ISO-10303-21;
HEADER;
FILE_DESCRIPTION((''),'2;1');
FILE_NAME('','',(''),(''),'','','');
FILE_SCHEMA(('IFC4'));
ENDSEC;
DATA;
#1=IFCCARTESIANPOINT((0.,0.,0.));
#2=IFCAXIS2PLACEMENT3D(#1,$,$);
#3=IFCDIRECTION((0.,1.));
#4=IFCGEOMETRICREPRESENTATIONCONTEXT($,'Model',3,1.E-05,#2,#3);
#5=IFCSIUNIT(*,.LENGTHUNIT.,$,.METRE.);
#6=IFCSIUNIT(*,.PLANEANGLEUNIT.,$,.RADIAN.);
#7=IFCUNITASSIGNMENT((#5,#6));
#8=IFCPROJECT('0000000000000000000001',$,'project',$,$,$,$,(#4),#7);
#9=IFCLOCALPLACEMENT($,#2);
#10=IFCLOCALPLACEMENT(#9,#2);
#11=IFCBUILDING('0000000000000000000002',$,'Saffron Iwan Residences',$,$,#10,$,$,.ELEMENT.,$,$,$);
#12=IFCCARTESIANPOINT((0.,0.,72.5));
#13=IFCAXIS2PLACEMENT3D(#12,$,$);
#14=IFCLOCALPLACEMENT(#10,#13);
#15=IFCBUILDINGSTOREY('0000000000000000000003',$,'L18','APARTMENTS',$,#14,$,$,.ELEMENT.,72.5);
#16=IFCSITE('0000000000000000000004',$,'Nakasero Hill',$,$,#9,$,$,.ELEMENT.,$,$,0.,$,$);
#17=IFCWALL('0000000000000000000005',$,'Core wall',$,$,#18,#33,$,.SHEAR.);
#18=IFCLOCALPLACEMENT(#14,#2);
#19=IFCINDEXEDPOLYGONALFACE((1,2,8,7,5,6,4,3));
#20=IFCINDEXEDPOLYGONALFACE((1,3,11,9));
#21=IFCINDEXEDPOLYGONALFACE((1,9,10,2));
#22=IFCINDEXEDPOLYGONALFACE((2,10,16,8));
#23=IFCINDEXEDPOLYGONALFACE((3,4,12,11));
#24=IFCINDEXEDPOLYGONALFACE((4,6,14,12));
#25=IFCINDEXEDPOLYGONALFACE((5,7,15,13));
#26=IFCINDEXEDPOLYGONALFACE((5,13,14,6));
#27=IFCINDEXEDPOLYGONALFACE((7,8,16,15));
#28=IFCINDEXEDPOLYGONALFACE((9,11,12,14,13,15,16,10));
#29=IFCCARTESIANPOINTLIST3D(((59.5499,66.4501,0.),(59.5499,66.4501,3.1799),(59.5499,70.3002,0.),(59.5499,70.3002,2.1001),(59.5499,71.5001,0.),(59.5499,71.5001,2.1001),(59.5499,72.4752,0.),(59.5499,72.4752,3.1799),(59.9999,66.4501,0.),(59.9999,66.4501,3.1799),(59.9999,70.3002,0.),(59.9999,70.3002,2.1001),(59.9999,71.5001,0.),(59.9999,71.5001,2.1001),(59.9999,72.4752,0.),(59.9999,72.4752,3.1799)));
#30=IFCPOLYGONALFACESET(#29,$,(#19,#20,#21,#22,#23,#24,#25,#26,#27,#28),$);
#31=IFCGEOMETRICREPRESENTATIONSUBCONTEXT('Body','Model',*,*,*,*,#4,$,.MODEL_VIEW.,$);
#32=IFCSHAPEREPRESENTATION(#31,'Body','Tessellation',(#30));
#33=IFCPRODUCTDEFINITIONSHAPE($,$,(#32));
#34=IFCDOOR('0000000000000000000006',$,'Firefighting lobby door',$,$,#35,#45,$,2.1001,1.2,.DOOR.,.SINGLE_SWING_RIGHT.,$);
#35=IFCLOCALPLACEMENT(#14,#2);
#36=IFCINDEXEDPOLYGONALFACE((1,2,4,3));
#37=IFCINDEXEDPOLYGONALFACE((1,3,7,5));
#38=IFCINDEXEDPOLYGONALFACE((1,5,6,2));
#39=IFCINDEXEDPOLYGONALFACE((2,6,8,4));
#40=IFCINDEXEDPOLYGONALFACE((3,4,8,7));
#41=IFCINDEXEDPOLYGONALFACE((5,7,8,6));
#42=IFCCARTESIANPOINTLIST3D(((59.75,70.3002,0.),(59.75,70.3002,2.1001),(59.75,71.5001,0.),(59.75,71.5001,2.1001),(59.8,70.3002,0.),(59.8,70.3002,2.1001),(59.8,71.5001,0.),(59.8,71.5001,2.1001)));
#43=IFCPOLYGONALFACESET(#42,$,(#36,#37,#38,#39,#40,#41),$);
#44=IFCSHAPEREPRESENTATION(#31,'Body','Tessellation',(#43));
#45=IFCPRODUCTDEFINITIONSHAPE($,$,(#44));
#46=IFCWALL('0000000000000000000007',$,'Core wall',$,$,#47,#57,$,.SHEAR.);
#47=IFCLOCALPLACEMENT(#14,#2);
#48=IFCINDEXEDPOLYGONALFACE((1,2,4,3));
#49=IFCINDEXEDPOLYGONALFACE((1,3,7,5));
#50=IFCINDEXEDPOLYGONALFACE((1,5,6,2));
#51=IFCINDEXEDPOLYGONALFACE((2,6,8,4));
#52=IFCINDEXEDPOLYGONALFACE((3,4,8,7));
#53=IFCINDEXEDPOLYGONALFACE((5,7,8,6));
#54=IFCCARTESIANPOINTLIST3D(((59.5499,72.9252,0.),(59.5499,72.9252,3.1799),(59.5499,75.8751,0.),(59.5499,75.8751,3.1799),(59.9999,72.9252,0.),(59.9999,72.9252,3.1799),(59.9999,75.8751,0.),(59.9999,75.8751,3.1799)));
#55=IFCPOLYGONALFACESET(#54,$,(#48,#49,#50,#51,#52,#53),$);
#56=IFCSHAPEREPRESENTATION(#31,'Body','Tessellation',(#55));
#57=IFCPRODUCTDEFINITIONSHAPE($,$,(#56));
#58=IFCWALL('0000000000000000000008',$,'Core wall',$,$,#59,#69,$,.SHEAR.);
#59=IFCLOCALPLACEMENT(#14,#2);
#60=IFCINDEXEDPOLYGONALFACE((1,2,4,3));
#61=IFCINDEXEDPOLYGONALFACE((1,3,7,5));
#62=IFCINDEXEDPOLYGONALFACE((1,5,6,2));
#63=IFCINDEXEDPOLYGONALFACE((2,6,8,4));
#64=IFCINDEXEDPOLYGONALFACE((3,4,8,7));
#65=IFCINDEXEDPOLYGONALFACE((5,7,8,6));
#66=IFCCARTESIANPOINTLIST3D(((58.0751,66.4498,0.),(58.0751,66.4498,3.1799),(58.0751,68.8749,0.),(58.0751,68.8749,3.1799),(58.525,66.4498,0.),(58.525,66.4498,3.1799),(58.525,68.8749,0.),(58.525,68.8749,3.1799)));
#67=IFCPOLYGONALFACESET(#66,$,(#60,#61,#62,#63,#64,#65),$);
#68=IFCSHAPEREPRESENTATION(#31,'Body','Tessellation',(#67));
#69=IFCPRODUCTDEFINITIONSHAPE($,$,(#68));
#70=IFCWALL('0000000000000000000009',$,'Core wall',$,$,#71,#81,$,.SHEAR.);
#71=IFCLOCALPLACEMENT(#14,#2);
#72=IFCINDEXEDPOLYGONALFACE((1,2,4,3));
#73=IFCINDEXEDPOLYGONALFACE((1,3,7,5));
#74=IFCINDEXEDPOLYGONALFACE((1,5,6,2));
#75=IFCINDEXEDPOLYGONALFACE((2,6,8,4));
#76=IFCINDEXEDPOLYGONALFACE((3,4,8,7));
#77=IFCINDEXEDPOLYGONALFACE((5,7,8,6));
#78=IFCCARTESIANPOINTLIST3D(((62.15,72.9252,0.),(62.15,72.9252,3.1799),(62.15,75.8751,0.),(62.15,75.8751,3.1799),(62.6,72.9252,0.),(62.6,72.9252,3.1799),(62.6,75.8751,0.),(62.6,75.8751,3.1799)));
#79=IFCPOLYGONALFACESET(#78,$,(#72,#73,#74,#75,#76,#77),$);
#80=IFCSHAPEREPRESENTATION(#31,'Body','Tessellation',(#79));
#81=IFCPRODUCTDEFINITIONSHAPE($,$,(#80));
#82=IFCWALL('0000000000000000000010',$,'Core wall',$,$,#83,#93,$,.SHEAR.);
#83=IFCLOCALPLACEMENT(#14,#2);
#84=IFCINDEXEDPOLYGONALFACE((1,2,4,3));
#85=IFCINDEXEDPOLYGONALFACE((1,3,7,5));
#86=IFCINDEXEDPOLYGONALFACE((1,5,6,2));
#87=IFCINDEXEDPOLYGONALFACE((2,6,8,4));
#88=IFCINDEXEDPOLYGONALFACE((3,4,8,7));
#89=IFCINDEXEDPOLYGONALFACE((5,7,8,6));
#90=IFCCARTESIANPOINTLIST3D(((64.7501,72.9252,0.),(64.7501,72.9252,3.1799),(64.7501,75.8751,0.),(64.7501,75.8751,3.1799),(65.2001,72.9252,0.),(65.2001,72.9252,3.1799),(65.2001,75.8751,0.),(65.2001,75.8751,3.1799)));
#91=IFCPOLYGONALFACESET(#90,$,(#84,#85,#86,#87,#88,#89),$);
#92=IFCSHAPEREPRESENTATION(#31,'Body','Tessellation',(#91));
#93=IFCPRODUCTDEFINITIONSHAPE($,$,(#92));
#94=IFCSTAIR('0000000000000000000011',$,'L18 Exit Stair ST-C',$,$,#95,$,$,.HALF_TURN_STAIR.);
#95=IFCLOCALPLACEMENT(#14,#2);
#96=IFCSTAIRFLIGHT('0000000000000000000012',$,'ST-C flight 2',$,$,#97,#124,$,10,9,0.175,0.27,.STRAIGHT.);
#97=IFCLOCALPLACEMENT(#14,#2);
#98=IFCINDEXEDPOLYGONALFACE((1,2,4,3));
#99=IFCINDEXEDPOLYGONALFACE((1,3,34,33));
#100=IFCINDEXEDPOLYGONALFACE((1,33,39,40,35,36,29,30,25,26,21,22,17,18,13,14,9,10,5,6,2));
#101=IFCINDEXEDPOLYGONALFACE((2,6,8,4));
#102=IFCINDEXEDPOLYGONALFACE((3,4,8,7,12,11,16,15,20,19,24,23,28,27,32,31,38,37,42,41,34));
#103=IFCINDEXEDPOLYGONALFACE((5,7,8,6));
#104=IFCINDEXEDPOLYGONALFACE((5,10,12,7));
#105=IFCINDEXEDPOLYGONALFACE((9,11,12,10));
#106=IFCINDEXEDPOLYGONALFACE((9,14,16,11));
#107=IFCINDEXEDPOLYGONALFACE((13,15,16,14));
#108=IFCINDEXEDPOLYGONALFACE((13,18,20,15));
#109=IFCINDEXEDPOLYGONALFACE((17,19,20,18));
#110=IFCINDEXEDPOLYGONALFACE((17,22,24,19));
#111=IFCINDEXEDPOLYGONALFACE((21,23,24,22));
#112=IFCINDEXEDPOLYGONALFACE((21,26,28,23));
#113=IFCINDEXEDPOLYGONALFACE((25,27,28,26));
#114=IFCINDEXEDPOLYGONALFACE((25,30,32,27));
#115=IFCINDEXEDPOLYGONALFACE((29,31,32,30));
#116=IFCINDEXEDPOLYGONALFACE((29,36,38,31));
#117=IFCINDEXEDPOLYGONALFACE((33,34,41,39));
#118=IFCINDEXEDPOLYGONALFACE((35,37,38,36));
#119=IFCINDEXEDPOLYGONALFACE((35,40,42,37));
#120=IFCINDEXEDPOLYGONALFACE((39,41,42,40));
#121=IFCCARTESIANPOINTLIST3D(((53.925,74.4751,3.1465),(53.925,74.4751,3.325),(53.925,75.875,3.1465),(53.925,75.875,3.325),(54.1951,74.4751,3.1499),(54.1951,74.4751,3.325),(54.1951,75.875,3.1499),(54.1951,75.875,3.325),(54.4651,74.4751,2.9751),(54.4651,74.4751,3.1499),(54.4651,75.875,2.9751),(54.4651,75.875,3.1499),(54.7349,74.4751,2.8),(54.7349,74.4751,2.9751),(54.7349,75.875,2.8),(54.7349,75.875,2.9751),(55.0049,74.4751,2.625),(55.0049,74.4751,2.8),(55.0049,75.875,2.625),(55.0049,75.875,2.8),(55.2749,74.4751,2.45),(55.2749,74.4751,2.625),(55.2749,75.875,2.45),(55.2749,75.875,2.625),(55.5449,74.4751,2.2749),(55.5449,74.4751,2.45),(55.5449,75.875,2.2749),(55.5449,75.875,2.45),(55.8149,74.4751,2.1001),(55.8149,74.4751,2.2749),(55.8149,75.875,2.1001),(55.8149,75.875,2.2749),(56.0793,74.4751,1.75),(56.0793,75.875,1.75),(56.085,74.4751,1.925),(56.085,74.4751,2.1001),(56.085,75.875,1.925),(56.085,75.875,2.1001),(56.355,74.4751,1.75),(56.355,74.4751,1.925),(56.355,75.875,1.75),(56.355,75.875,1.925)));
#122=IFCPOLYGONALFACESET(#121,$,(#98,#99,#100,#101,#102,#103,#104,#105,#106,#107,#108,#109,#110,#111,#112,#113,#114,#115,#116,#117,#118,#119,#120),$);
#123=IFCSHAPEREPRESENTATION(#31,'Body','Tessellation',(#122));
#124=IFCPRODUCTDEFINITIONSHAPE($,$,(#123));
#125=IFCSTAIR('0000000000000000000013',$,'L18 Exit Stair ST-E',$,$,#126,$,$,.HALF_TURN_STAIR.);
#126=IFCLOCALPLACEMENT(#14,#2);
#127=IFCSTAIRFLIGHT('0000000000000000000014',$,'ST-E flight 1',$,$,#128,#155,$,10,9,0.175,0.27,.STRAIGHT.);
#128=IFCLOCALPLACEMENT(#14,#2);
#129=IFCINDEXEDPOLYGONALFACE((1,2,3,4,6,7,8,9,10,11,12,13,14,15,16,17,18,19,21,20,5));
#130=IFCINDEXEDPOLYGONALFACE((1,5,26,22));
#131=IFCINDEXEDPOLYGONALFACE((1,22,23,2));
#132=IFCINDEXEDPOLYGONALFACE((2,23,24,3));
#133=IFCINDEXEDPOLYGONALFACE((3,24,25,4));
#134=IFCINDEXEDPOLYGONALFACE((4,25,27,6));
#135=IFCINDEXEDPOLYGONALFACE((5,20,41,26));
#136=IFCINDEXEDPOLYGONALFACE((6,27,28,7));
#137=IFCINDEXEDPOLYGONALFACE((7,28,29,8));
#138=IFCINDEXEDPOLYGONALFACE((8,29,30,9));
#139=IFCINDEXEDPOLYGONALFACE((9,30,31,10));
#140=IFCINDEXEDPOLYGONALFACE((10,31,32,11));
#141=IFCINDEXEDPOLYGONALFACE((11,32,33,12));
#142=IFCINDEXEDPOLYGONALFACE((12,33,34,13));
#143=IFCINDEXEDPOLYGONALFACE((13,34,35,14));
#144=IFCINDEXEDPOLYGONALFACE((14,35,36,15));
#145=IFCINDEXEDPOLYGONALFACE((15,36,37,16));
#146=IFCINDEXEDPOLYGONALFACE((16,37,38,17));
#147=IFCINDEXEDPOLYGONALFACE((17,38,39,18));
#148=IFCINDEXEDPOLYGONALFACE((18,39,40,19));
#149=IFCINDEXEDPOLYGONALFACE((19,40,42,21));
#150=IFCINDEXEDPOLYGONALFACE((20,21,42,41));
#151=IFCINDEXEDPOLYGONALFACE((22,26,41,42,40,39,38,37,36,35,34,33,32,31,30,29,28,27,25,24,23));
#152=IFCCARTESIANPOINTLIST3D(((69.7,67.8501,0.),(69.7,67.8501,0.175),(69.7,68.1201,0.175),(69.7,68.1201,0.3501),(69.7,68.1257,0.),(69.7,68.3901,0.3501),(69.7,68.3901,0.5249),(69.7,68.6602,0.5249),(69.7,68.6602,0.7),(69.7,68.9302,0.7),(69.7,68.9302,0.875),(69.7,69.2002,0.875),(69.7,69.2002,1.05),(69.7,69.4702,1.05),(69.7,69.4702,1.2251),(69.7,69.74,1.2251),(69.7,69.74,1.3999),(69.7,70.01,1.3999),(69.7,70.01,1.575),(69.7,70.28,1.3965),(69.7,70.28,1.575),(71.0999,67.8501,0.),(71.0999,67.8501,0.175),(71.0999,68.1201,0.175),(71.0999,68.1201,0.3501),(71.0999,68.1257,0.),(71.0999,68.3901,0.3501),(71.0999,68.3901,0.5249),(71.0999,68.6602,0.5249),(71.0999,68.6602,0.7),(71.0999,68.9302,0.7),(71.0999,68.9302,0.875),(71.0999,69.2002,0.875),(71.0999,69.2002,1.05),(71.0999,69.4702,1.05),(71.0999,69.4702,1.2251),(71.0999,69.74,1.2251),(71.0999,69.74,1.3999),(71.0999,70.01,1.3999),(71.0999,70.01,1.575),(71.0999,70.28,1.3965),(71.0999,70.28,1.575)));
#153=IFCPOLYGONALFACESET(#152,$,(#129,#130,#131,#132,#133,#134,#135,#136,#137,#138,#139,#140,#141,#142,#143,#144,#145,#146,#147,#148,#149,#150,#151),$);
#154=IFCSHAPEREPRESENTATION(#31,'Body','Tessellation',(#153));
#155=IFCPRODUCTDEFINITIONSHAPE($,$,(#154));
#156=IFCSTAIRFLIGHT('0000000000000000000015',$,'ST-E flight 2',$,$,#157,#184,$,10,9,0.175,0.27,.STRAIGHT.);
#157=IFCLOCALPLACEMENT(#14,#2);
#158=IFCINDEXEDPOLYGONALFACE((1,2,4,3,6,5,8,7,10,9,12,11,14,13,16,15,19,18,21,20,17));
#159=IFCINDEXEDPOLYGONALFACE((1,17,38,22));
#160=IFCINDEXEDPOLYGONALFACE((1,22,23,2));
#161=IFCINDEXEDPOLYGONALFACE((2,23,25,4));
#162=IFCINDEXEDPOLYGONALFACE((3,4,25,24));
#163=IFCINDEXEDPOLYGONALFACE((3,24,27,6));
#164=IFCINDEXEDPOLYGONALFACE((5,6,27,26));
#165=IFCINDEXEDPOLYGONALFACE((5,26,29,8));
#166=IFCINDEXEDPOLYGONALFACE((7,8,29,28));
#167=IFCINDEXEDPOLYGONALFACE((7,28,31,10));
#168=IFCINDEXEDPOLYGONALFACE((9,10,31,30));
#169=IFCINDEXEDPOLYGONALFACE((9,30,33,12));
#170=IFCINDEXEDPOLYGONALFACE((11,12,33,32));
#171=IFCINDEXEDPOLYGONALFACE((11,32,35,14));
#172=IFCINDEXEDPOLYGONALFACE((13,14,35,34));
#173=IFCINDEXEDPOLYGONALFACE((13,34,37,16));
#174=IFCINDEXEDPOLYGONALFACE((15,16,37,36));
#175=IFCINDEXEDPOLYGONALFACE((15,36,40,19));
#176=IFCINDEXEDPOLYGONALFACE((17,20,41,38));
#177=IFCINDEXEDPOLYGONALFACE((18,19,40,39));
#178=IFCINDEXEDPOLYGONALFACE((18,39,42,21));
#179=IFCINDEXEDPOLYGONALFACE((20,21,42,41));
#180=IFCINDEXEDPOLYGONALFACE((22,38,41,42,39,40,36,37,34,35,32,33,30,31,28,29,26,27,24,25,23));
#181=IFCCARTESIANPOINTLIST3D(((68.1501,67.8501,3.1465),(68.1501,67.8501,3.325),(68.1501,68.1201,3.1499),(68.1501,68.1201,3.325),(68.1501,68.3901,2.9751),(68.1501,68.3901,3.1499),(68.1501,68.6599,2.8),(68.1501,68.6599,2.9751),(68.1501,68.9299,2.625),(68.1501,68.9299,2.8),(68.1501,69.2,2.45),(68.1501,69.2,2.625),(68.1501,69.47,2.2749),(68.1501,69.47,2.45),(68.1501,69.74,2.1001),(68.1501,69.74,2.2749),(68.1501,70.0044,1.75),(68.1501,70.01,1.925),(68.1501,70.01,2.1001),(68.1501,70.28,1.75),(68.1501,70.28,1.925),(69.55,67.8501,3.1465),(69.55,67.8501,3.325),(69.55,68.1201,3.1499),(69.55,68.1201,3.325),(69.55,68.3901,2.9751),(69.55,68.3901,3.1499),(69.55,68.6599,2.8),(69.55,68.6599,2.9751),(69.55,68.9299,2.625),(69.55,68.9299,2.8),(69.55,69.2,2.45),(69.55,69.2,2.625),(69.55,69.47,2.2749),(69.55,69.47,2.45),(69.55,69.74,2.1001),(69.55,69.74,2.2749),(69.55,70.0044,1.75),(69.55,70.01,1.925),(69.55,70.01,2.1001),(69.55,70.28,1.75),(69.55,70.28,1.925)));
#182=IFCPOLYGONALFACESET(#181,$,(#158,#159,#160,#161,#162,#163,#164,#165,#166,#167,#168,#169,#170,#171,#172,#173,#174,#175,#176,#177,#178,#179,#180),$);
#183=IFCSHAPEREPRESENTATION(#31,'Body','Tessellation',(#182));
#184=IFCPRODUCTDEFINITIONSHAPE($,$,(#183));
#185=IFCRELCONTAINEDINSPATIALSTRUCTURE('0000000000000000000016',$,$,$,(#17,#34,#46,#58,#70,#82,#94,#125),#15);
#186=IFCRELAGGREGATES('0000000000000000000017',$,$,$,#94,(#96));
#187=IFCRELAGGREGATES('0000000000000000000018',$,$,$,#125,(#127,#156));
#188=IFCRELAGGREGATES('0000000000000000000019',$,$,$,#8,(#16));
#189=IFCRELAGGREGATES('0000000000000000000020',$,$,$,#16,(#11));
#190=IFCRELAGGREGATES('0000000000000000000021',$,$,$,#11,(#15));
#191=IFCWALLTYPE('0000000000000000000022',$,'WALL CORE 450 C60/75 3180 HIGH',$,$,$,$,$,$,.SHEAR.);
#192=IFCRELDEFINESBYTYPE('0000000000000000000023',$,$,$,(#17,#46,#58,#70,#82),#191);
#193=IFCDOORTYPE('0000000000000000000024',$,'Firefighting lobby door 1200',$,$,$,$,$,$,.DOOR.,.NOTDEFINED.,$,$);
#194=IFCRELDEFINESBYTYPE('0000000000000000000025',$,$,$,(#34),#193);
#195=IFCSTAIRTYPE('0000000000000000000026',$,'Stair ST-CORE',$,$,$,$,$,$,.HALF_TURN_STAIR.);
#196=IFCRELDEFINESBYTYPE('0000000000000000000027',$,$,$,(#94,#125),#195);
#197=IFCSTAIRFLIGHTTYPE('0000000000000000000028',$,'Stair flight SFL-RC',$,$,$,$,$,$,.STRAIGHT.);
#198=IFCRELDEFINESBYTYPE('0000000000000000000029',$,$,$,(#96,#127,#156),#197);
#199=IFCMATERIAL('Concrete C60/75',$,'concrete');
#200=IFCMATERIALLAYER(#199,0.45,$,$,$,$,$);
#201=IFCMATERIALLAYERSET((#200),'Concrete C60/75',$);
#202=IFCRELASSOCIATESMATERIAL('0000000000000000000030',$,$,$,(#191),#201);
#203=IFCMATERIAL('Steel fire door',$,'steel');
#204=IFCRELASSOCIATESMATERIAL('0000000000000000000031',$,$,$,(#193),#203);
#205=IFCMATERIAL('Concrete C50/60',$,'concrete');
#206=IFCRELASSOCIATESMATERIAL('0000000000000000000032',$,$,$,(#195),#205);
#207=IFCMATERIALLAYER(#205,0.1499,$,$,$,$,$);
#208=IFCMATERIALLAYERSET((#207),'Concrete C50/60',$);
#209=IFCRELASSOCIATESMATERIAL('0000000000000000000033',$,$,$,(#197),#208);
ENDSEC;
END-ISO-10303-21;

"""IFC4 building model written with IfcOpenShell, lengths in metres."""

from ifc_helpers import new_model, si_unit, direction, frame, frame_2d, origin, place, context, subcontext, project, spatial, polyline, rectangle, outline, extrude, material, layer, layer_set, type_object, element, fill, aggregate, save


model = new_model("IFC4")

# Units and contexts
model_context = context("Model", 3, precision=1e-05, world=origin(), true_north=direction((0.0, 1.0)))
body_context = subcontext(model_context, "Body", "Model", "MODEL_VIEW")
ifc_project = project(units=[si_unit("LENGTHUNIT", "METRE"), si_unit("PLANEANGLEUNIT", "RADIAN")], contexts=[model_context])

# Site, building, storey
site_placement = place(None, origin())
site = spatial("IfcSite", under=ifc_project, at=site_placement, Name="Nakasero Hill", CompositionType="ELEMENT", RefElevation=0.0)
building_placement = place(site_placement, origin())
building = spatial("IfcBuilding", under=site, at=building_placement, Name="Saffron Iwan Residences", CompositionType="ELEMENT")
storey_placement = place(building_placement, frame((0.0, 0.0, 72.5)))
storey = spatial("IfcBuildingStorey", under=building, at=storey_placement, Name="L18", Description="APARTMENTS", CompositionType="ELEMENT", Elevation=72.5)

# Shared definitions
ifc_material_1 = material(Name="Concrete C60/75", Category="concrete")

# Shared definitions
ifc_layer_1 = layer(ifc_material_1, 0.45)
ifc_layer_set_1 = layer_set([ifc_layer_1], Name="Concrete C60/75")
wall_type_1 = type_object("IfcWallType", Name="WALL CORE 450 C60/75 3180 HIGH", PredefinedType="SHEAR", material=ifc_layer_set_1)

# Wall, opening, door
ifc_material_2 = material(Name="Steel fire door", Category="steel")
wall_1_placement = place(storey_placement, frame((59.7749, 66.45, 0.0), z_axis=(0.0, 0.0, 1.0), x_axis=(0.0, 1.0, 0.0)))
wall_1 = element("IfcWall", 1, at=wall_1_placement, inside=storey, type_object=wall_type_1, Name="Core wall", PredefinedType="SHEAR", context=body_context, shape_type="SweptSolid", body=[
    extrude(rectangle(XDim=6.0251, YDim=0.45, at=frame_2d((3.0127, 0.0))), origin(), (0.0, 0.0, 1.0), 3.1799),
])
opening_1_placement = place(wall_1_placement, frame((3.8501, 0.0, 0.0)))
opening_1 = element("IfcOpeningElement", 2, at=opening_1_placement, cuts=wall_1, PredefinedType="OPENING", context=body_context, shape_type="SweptSolid", body=[
    extrude(rectangle(XDim=1.2, YDim=2.1001, at=frame_2d((0.6001, 1.05))), frame((0.0, 0.2349, 0.0), z_axis=(0.0, -1.0, 0.0), x_axis=(1.0, 0.0, 0.0)), (0.0, 0.0, 1.0), 0.47),
])
door_type_1 = type_object("IfcDoorType", Name="Firefighting lobby door 1200", OperationType="NOTDEFINED", PredefinedType="DOOR", material=ifc_material_2)
door_1_placement = place(opening_1_placement, origin())
door_1 = element("IfcDoor", 3, at=door_1_placement, inside=storey, type_object=door_type_1, Name="Firefighting lobby door", OperationType="SINGLE_SWING_RIGHT", OverallHeight=2.1001, OverallWidth=1.2, PredefinedType="DOOR", context=body_context, shape_type="SweptSolid", body=[
    extrude(rectangle(XDim=1.2, YDim=2.1001, at=frame_2d((0.6001, 1.05))), frame((0.0, 0.0249, 0.0), z_axis=(0.0, -1.0, 0.0), x_axis=(1.0, 0.0, 0.0)), (0.0, 0.0, 1.0), 0.05),
])
fill(opening_1, door_1)

# Walls
wall_2_placement = place(storey_placement, frame((59.7749, 72.925, 0.0), z_axis=(0.0, 0.0, 1.0), x_axis=(0.0, 1.0, 0.0)))
element("IfcWall", 4, at=wall_2_placement, inside=storey, type_object=wall_type_1, Name="Core wall", PredefinedType="SHEAR", context=body_context, shape_type="SweptSolid", body=[
    extrude(rectangle(XDim=2.95, YDim=0.45, at=frame_2d((1.4751, 0.0))), origin(), (0.0, 0.0, 1.0), 3.1799),
])
wall_3_placement = place(storey_placement, frame((58.3, 66.45, 0.0), z_axis=(0.0, 0.0, 1.0), x_axis=(0.0, 1.0, 0.0)))
element("IfcWall", 5, at=wall_3_placement, inside=storey, type_object=wall_type_1, Name="Core wall", PredefinedType="SHEAR", context=body_context, shape_type="SweptSolid", body=[
    extrude(rectangle(XDim=2.425, YDim=0.45, at=frame_2d((1.2124, 0.0))), origin(), (0.0, 0.0, 1.0), 3.1799),
])
for number, where, z_axis, x_axis, name in (
    (6, (62.375, 72.925, 0.0), (0.0, 0.0, 1.0), (0.0, 1.0, 0.0), "Core wall"),
    (7, (64.9751, 72.925, 0.0), (0.0, 0.0, 1.0), (0.0, 1.0, 0.0), "Core wall"),
):
    element("IfcWall", number, at=place(storey_placement, frame(where, z_axis=z_axis, x_axis=x_axis)), inside=storey, type_object=wall_type_1, Name=name, PredefinedType="SHEAR", context=body_context, shape_type="SweptSolid", body=[
        extrude(rectangle(XDim=2.95, YDim=0.45, at=frame_2d((1.4751, 0.0))), origin(), (0.0, 0.0, 1.0), 3.1799),
    ])

# Stair, stair flight
ifc_material_3 = material(Name="Concrete C50/60", Category="concrete")
stair_type = type_object("IfcStairType", Name="Stair ST-CORE", PredefinedType="HALF_TURN_STAIR", material=ifc_material_3)
stair_1_placement = place(storey_placement, origin())
stair_1 = element("IfcStair", 8, at=stair_1_placement, inside=storey, type_object=stair_type, Name="L18 Exit Stair ST-C", PredefinedType="HALF_TURN_STAIR")
ifc_layer_2 = layer(ifc_material_3, 0.1499)
ifc_layer_set_2 = layer_set([ifc_layer_2], Name="Concrete C50/60")
stair_flight_type = type_object("IfcStairFlightType", Name="Stair flight SFL-RC", PredefinedType="STRAIGHT", material=ifc_layer_set_2)
stair_flight_1_placement = place(storey_placement, frame((56.355, 75.175, 1.75), z_axis=(0.0, 0.0, 1.0), x_axis=(-1.0, 0.0, 0.0)))
stair_flight_1 = element("IfcStairFlight", 9, at=stair_flight_1_placement, type_object=stair_flight_type, Name="ST-C flight 2", NumberOfRisers=10, NumberOfTreads=9, PredefinedType="STRAIGHT", RiserHeight=0.175, TreadLength=0.27, context=body_context, shape_type="SweptSolid", body=[
    extrude(outline(polyline([(0.0, 0.0), (0.0, 0.175), (0.27, 0.175), (0.27, 0.3501), (0.54, 0.3501), (0.54, 0.5249), (0.8101, 0.5249), (0.8101, 0.7), (1.0801, 0.7), (1.0801, 0.875), (1.3501, 0.875), (1.3501, 1.05), (1.6201, 1.05), (1.6201, 1.2251), (1.8899, 1.2251), (1.8899, 1.3999), (2.1599, 1.3999), (2.1599, 1.575), (2.4299, 1.575), (2.4299, 1.75), (2.4299, 1.3965), (0.2756, 0.0), (0.0, 0.0)])), frame((0.0, 0.7, 0.0), z_axis=(0.0, -1.0, 0.0), x_axis=(1.0, 0.0, 0.0)), (0.0, 0.0, 1.0), 1.3999),
])
aggregate(stair_1, [stair_flight_1])

# Stair, stair flights
stair_2_placement = place(storey_placement, origin())
stair_2 = element("IfcStair", 10, at=stair_2_placement, inside=storey, type_object=stair_type, Name="L18 Exit Stair ST-E", PredefinedType="HALF_TURN_STAIR")
stair_flight_2_placement = place(storey_placement, frame((70.3999, 67.8501, 0.0), z_axis=(0.0, 0.0, 1.0), x_axis=(0.0, 1.0, 0.0)))
stair_flight_2 = element("IfcStairFlight", 11, at=stair_flight_2_placement, type_object=stair_flight_type, Name="ST-E flight 1", NumberOfRisers=10, NumberOfTreads=9, PredefinedType="STRAIGHT", RiserHeight=0.175, TreadLength=0.27, context=body_context, shape_type="SweptSolid", body=[
    extrude(outline(polyline([(0.0, 0.0), (0.0, 0.175), (0.27, 0.175), (0.27, 0.3501), (0.54, 0.3501), (0.54, 0.5249), (0.8101, 0.5249), (0.8101, 0.7), (1.0801, 0.7), (1.0801, 0.875), (1.3501, 0.875), (1.3501, 1.05), (1.6201, 1.05), (1.6201, 1.2251), (1.8899, 1.2251), (1.8899, 1.3999), (2.1599, 1.3999), (2.1599, 1.575), (2.4299, 1.575), (2.4299, 1.75), (2.4299, 1.3965), (0.2756, 0.0), (0.0, 0.0)])), frame((0.0, 0.7, 0.0), z_axis=(0.0, -1.0, 0.0), x_axis=(1.0, 0.0, 0.0)), (0.0, 0.0, 1.0), 1.3999),
])
stair_flight_3_placement = place(storey_placement, frame((68.8501, 70.28, 1.75), z_axis=(0.0, 0.0, 1.0), x_axis=(0.0, -1.0, 0.0)))
stair_flight_3 = element("IfcStairFlight", 12, at=stair_flight_3_placement, type_object=stair_flight_type, Name="ST-E flight 2", NumberOfRisers=10, NumberOfTreads=9, PredefinedType="STRAIGHT", RiserHeight=0.175, TreadLength=0.27, context=body_context, shape_type="SweptSolid", body=[
    extrude(outline(polyline([(0.0, 0.0), (0.0, 0.175), (0.27, 0.175), (0.27, 0.3501), (0.54, 0.3501), (0.54, 0.5249), (0.8101, 0.5249), (0.8101, 0.7), (1.0801, 0.7), (1.0801, 0.875), (1.3501, 0.875), (1.3501, 1.05), (1.6201, 1.05), (1.6201, 1.2251), (1.8899, 1.2251), (1.8899, 1.3999), (2.1599, 1.3999), (2.1599, 1.575), (2.4299, 1.575), (2.4299, 1.75), (2.4299, 1.3965), (0.2756, 0.0), (0.0, 0.0)])), frame((0.0, 0.7, 0.0), z_axis=(0.0, -1.0, 0.0), x_axis=(1.0, 0.0, 0.0)), (0.0, 0.0, 1.0), 1.3999),
])
aggregate(stair_2, [stair_flight_2, stair_flight_3])

save(model, "model.ifc")
